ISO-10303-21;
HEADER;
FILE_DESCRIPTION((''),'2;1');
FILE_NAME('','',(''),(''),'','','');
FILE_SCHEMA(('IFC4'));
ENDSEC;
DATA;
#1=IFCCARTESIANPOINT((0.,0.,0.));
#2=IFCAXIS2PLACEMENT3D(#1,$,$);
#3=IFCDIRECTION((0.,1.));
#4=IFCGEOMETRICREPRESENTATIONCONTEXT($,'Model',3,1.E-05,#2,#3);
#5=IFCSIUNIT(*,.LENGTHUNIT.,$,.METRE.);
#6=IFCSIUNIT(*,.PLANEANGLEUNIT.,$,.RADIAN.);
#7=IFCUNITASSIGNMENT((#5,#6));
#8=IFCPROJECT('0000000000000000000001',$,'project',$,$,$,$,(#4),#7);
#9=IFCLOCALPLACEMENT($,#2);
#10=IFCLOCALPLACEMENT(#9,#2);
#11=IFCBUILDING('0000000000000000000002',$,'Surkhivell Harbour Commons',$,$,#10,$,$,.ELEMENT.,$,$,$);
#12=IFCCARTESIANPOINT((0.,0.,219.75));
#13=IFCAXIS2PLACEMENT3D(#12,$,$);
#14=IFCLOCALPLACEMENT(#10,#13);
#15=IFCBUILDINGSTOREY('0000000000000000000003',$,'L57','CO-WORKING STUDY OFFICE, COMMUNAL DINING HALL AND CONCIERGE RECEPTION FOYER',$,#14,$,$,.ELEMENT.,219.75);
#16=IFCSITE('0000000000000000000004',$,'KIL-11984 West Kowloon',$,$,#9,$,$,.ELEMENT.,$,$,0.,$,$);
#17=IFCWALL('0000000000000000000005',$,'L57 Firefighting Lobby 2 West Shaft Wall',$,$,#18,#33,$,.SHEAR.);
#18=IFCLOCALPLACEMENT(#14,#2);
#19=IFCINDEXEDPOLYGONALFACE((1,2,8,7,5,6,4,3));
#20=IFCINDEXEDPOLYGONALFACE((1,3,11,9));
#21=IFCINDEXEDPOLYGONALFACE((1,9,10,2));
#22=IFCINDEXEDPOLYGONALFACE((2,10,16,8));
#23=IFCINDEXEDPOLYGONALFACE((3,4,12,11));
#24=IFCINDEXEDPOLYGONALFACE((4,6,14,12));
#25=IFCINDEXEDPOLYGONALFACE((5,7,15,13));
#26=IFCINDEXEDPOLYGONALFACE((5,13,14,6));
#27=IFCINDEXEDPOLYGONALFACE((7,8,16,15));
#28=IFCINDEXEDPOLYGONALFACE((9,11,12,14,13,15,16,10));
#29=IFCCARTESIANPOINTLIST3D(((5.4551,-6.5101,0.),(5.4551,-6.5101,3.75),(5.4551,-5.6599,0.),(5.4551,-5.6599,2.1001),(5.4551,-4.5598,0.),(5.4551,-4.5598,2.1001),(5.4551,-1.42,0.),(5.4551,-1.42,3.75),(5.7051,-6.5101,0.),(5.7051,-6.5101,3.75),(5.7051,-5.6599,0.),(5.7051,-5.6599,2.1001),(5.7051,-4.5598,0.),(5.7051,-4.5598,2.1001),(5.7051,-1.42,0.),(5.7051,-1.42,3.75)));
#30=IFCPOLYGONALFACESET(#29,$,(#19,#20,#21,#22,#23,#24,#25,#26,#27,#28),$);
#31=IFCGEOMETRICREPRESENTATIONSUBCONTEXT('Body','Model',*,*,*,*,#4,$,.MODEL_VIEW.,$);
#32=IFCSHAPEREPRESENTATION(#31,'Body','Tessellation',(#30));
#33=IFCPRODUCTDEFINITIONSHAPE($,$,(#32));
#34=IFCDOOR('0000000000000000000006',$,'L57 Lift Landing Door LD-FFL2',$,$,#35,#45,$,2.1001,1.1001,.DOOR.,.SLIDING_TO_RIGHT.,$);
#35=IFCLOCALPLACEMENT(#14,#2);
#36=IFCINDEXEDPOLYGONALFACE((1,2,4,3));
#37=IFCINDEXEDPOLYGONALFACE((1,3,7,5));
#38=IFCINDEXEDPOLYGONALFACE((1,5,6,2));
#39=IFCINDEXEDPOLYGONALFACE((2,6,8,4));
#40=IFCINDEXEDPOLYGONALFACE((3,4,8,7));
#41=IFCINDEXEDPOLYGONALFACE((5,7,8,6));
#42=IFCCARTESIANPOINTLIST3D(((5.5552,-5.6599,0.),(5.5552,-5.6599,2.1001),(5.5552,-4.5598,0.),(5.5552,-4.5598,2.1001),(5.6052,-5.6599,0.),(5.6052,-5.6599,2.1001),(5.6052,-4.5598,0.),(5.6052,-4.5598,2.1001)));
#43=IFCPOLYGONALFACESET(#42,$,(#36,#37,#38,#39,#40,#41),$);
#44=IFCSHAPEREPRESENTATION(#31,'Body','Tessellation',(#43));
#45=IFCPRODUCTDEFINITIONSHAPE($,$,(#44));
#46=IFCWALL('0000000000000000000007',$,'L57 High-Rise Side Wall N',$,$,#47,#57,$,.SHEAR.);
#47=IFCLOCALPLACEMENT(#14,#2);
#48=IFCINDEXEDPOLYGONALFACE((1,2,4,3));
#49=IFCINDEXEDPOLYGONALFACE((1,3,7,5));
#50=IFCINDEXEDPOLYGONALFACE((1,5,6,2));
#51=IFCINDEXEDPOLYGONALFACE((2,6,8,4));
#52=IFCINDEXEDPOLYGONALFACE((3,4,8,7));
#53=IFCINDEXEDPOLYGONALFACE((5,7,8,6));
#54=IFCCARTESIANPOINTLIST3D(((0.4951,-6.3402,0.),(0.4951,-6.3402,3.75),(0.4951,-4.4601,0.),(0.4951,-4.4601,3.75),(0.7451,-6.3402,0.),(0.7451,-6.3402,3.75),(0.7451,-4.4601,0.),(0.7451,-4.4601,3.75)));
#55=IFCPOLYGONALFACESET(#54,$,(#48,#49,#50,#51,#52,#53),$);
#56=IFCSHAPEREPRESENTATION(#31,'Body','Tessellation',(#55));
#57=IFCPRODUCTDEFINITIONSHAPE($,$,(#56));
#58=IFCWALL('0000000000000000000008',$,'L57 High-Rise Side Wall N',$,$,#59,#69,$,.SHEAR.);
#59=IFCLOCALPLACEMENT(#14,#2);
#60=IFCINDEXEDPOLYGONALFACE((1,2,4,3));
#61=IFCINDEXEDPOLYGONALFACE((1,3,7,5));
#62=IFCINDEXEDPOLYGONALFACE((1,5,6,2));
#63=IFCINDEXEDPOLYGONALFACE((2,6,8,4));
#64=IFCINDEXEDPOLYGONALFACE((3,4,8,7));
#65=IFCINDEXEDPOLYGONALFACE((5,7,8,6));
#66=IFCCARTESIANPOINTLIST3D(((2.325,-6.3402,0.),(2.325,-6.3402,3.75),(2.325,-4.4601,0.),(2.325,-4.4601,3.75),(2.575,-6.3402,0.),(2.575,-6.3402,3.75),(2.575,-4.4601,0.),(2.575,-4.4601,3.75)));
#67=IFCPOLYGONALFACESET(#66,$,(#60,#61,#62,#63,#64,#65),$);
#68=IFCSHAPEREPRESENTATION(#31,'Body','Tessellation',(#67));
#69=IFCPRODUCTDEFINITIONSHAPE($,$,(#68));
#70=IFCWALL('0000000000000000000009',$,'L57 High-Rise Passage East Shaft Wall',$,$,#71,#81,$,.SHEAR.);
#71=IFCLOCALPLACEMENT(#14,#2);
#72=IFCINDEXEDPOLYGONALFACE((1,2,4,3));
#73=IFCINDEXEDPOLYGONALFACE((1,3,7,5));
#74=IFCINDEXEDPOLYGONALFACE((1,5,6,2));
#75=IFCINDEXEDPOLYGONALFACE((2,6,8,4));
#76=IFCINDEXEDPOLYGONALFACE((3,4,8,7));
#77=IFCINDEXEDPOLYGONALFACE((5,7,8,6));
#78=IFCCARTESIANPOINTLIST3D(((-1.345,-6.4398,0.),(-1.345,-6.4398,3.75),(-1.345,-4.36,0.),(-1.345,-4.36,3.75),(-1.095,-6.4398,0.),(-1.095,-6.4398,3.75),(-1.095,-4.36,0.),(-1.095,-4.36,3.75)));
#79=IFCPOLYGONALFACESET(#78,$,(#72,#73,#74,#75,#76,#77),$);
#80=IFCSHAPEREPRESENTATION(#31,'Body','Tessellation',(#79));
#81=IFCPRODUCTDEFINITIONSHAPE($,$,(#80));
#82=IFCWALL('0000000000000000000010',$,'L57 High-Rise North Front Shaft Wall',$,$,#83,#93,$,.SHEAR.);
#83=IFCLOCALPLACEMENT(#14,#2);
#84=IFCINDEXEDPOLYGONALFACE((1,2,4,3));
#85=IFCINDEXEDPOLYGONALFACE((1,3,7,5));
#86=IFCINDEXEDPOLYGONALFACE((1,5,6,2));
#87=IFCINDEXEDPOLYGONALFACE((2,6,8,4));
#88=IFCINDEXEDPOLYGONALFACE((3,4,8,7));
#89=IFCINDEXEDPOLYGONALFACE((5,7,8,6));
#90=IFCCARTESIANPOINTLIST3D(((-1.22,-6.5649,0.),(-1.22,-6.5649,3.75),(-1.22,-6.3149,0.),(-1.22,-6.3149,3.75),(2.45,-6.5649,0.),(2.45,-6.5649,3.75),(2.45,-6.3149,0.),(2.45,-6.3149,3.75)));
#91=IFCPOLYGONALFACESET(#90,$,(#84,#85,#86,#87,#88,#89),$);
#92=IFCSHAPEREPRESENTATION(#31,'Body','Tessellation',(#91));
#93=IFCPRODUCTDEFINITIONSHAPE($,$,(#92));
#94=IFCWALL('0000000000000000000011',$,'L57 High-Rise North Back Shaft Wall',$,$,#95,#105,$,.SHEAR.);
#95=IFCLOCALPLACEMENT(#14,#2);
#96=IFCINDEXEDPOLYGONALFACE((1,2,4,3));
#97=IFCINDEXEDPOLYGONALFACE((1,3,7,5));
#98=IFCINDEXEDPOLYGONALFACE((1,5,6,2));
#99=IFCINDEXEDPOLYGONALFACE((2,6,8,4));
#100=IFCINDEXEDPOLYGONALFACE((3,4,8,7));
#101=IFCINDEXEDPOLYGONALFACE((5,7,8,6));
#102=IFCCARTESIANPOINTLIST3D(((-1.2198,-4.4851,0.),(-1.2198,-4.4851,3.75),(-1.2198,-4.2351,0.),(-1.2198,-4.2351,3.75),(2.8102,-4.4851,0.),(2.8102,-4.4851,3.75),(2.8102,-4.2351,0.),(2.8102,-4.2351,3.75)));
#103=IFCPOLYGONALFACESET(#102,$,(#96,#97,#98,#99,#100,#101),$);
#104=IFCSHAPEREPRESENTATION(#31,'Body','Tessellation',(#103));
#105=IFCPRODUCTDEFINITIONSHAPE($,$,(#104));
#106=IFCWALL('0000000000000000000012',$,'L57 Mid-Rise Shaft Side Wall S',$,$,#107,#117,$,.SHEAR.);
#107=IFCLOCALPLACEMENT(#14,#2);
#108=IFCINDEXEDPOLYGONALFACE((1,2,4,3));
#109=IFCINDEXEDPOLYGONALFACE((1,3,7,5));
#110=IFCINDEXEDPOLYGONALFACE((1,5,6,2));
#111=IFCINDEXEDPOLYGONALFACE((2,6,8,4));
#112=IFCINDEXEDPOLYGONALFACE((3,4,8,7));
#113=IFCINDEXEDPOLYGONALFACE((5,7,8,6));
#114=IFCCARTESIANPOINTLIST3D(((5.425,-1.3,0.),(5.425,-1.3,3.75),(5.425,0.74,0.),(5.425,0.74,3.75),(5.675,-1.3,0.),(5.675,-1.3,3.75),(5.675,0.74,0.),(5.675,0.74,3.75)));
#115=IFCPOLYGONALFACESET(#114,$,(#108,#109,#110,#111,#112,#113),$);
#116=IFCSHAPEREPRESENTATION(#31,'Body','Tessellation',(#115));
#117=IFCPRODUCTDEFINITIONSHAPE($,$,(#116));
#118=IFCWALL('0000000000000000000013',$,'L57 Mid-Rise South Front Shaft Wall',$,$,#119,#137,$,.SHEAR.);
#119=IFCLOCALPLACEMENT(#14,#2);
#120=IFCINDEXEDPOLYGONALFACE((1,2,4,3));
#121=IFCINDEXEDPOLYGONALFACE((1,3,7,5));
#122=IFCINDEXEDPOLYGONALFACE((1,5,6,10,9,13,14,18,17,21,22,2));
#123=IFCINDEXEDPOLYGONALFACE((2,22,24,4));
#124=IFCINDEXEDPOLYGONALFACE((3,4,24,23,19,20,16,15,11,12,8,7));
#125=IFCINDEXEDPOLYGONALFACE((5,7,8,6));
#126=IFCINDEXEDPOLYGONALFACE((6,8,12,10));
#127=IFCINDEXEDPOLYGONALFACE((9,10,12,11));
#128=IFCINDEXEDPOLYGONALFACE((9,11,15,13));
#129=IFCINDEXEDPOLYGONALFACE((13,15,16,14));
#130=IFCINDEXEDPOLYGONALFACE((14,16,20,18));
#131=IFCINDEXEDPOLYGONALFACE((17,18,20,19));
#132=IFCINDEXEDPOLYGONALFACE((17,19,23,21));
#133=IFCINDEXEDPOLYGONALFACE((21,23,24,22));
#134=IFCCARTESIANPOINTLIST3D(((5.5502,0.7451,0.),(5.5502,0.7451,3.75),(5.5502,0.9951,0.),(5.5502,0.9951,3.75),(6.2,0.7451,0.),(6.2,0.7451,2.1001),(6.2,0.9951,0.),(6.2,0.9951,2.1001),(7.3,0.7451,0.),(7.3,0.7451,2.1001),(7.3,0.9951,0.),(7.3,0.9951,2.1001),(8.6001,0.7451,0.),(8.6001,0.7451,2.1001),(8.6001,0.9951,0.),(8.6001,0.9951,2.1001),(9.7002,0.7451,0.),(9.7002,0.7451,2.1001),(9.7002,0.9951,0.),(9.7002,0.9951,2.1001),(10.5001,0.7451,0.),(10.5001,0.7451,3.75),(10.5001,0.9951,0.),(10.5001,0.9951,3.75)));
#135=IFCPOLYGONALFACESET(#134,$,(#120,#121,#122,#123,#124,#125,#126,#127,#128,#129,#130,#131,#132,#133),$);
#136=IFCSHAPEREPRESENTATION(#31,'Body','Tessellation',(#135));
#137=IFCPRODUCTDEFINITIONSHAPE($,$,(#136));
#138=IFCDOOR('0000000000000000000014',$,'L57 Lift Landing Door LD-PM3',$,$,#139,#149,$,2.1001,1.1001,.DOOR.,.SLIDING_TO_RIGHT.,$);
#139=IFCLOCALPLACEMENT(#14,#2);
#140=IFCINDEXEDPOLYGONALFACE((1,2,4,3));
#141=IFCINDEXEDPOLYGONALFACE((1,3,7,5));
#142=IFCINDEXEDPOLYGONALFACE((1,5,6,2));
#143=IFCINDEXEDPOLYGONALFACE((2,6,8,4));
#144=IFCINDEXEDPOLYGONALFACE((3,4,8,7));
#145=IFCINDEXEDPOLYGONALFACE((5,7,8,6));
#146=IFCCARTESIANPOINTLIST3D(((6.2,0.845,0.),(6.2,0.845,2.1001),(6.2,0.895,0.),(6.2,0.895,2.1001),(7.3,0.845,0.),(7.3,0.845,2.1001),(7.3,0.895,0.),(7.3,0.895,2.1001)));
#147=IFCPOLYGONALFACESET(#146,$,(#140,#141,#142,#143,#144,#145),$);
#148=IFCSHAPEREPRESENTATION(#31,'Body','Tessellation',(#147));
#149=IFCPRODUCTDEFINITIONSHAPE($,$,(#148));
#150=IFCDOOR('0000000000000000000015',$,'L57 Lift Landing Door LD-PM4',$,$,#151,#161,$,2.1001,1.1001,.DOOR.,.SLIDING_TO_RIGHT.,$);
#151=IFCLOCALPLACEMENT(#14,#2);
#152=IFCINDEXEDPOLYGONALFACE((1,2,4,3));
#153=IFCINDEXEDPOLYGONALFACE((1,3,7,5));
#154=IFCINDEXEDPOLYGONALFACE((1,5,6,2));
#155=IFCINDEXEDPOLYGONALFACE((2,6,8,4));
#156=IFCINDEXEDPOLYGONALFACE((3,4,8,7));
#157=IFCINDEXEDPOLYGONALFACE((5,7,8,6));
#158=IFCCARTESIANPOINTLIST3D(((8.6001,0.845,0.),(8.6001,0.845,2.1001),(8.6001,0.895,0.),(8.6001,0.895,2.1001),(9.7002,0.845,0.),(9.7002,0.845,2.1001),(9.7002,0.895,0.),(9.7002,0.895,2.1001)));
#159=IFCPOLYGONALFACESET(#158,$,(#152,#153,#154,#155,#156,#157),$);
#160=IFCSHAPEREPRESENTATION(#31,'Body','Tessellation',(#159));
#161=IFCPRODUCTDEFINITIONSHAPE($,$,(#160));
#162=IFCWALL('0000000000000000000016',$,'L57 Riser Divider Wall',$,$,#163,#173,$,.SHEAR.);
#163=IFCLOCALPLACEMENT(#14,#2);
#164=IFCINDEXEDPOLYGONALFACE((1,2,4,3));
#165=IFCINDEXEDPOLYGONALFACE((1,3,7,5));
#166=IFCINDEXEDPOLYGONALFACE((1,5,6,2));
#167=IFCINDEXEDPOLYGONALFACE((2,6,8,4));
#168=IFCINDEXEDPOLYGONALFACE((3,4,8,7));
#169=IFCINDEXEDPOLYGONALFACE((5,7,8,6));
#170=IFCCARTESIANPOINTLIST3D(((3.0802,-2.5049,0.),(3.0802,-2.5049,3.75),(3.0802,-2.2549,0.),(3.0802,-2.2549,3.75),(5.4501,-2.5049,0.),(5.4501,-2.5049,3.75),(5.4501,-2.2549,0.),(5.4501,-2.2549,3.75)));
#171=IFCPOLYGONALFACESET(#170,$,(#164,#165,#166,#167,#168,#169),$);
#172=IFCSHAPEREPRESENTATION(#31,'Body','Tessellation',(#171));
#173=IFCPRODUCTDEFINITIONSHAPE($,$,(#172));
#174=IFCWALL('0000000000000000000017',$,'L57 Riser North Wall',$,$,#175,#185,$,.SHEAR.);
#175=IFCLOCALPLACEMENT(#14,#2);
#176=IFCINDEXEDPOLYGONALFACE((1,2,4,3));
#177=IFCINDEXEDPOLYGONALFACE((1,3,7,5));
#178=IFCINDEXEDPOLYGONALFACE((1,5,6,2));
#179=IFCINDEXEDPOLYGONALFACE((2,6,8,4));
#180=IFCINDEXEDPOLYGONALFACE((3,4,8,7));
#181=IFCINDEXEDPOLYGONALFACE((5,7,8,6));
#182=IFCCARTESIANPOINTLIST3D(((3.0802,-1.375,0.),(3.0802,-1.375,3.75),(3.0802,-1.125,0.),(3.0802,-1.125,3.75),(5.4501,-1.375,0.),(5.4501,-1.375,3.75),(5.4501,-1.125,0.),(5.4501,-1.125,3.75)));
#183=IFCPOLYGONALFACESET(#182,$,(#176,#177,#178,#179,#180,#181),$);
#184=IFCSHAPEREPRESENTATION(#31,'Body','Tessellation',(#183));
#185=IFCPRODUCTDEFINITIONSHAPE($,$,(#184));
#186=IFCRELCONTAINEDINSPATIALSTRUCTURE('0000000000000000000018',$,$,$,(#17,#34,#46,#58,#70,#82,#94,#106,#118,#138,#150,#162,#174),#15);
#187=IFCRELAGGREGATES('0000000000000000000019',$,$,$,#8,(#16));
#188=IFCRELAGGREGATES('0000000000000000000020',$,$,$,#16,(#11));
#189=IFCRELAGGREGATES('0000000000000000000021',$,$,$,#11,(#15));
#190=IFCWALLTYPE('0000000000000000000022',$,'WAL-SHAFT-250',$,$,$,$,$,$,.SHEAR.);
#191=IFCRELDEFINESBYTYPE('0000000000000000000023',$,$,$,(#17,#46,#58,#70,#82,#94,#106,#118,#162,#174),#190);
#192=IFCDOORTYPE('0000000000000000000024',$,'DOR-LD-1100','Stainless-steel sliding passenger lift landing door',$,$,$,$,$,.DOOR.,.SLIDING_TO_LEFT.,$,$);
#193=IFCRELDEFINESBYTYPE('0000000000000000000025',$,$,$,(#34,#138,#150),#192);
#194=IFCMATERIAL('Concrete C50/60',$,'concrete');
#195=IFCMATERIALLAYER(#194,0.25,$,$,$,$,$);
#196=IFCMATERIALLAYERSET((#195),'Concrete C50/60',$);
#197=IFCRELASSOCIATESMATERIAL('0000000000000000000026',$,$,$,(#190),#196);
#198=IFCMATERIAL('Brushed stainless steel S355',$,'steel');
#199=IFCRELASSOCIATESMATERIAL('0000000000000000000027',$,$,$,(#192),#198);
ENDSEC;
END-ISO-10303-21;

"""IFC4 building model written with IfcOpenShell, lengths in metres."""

from ifc_helpers import new_model, si_unit, direction, frame, frame_2d, origin, place, context, subcontext, project, spatial, rectangle, extrude, material, layer, layer_set, type_object, element, fill, save


model = new_model("IFC4")

# Units and contexts
model_context = context("Model", 3, precision=1e-05, world=origin(), true_north=direction((0.0, 1.0)))
body_context = subcontext(model_context, "Body", "Model", "MODEL_VIEW")
ifc_project = project(units=[si_unit("LENGTHUNIT", "METRE"), si_unit("PLANEANGLEUNIT", "RADIAN")], contexts=[model_context])

# Site, building, storey
site_placement = place(None, origin())
site = spatial("IfcSite", under=ifc_project, at=site_placement, Name="KIL-11984 West Kowloon", CompositionType="ELEMENT", RefElevation=0.0)
building_placement = place(site_placement, origin())
building = spatial("IfcBuilding", under=site, at=building_placement, Name="Surkhivell Harbour Commons", CompositionType="ELEMENT")
storey_placement = place(building_placement, frame((0.0, 0.0, 219.75)))
storey = spatial("IfcBuildingStorey", under=building, at=storey_placement, Name="L57", Description="CO-WORKING STUDY OFFICE, COMMUNAL DINING HALL AND CONCIERGE RECEPTION FOYER", CompositionType="ELEMENT", Elevation=219.75)

# Shared definitions
ifc_material_1 = material(Name="Concrete C50/60", Category="concrete")
ifc_layer_1 = layer(ifc_material_1, 0.25)
ifc_layer_set_1 = layer_set([ifc_layer_1], Name="Concrete C50/60")
wall_type = type_object("IfcWallType", Name="WAL-SHAFT-250", PredefinedType="SHEAR", material=ifc_layer_set_1)

# Wall, opening, door
wall_1_placement = place(storey_placement, frame((5.5801, -6.51, 0.0), z_axis=(0.0, 0.0, 1.0), x_axis=(0.0, 1.0, 0.0)))
wall_1 = element("IfcWall", 1, at=wall_1_placement, inside=storey, type_object=wall_type, Name="L57 Firefighting Lobby 2 West Shaft Wall", PredefinedType="SHEAR", context=body_context, shape_type="SweptSolid", body=[
    extrude(rectangle(XDim=5.0901, YDim=0.25, at=frame_2d((2.5449, 0.0))), origin(), (0.0, 0.0, 1.0), 3.75),
])
opening_1_placement = place(wall_1_placement, frame((0.8501, 0.0, 0.0)))
opening_1 = element("IfcOpeningElement", 2, at=opening_1_placement, cuts=wall_1, PredefinedType="OPENING", context=body_context, shape_type="SweptSolid", body=[
    extrude(rectangle(XDim=1.1001, YDim=2.1001, at=frame_2d((0.55, 1.05))), frame((0.0, 0.135, 0.0), z_axis=(0.0, -1.0, 0.0), x_axis=(1.0, 0.0, 0.0)), (0.0, 0.0, 1.0), 0.27),
])
ifc_material_2 = material(Name="Brushed stainless steel S355", Category="steel")
door_type_1 = type_object("IfcDoorType", Name="DOR-LD-1100", Description="Stainless-steel sliding passenger lift landing door", OperationType="SLIDING_TO_LEFT", PredefinedType="DOOR", material=ifc_material_2)
door_1_placement = place(opening_1_placement, origin())
door_1 = element("IfcDoor", 3, at=door_1_placement, inside=storey, type_object=door_type_1, Name="L57 Lift Landing Door LD-FFL2", OperationType="SLIDING_TO_RIGHT", OverallHeight=2.1001, OverallWidth=1.1001, PredefinedType="DOOR", context=body_context, shape_type="SweptSolid", body=[
    extrude(rectangle(XDim=1.1001, YDim=2.1001, at=frame_2d((0.55, 1.05))), frame((0.0, 0.0249, 0.0), z_axis=(0.0, -1.0, 0.0), x_axis=(1.0, 0.0, 0.0)), (0.0, 0.0, 1.0), 0.05),
])
fill(opening_1, door_1)

# Walls
for number, where, z_axis, x_axis, name in (
    (4, (0.6201, -6.3401, 0.0), (0.0, 0.0, 1.0), (0.0, 1.0, 0.0), "L57 High-Rise Side Wall N"),
    (5, (2.45, -6.3401, 0.0), (0.0, 0.0, 1.0), (0.0, 1.0, 0.0), "L57 High-Rise Side Wall N"),
):
    element("IfcWall", number, at=place(storey_placement, frame(where, z_axis=z_axis, x_axis=x_axis)), inside=storey, type_object=wall_type, Name=name, PredefinedType="SHEAR", context=body_context, shape_type="SweptSolid", body=[
        extrude(rectangle(XDim=1.8801, YDim=0.25, at=frame_2d((0.9399, 0.0))), origin(), (0.0, 0.0, 1.0), 3.75),
    ])
wall_2_placement = place(storey_placement, frame((-1.22, -6.4399, 0.0), z_axis=(0.0, 0.0, 1.0), x_axis=(0.0, 1.0, 0.0)))
element("IfcWall", 6, at=wall_2_placement, inside=storey, type_object=wall_type, Name="L57 High-Rise Passage East Shaft Wall", PredefinedType="SHEAR", context=body_context, shape_type="SweptSolid", body=[
    extrude(rectangle(XDim=2.0798, YDim=0.25, at=frame_2d((1.04, 0.0))), origin(), (0.0, 0.0, 1.0), 3.75),
])
wall_3_placement = place(storey_placement, frame((-1.22, -6.4399, 0.0), z_axis=(0.0, 0.0, 1.0), x_axis=(1.0, 0.0, 0.0)))
element("IfcWall", 7, at=wall_3_placement, inside=storey, type_object=wall_type, Name="L57 High-Rise North Front Shaft Wall", PredefinedType="SHEAR", context=body_context, shape_type="SweptSolid", body=[
    extrude(rectangle(XDim=3.6699, YDim=0.25, at=frame_2d((1.835, 0.0))), origin(), (0.0, 0.0, 1.0), 3.75),
])
wall_4_placement = place(storey_placement, frame((-1.22, -4.3601, 0.0), z_axis=(0.0, 0.0, 1.0), x_axis=(1.0, 0.0, 0.0)))
element("IfcWall", 8, at=wall_4_placement, inside=storey, type_object=wall_type, Name="L57 High-Rise North Back Shaft Wall", PredefinedType="SHEAR", context=body_context, shape_type="SweptSolid", body=[
    extrude(rectangle(XDim=4.03, YDim=0.25, at=frame_2d((2.0151, 0.0))), origin(), (0.0, 0.0, 1.0), 3.75),
])
wall_5_placement = place(storey_placement, frame((5.55, -1.3, 0.0), z_axis=(0.0, 0.0, 1.0), x_axis=(0.0, 1.0, 0.0)))
element("IfcWall", 9, at=wall_5_placement, inside=storey, type_object=wall_type, Name="L57 Mid-Rise Shaft Side Wall S", PredefinedType="SHEAR", context=body_context, shape_type="SweptSolid", body=[
    extrude(rectangle(XDim=2.04, YDim=0.25, at=frame_2d((1.02, 0.0))), origin(), (0.0, 0.0, 1.0), 3.75),
])

# Wall, openings, doors
wall_6_placement = place(storey_placement, frame((5.55, 0.8701, 0.0), z_axis=(0.0, 0.0, 1.0), x_axis=(1.0, 0.0, 0.0)))
wall_6 = element("IfcWall", 10, at=wall_6_placement, inside=storey, type_object=wall_type, Name="L57 Mid-Rise South Front Shaft Wall", PredefinedType="SHEAR", context=body_context, shape_type="SweptSolid", body=[
    extrude(rectangle(XDim=4.95, YDim=0.25, at=frame_2d((2.4751, 0.0))), origin(), (0.0, 0.0, 1.0), 3.75),
])
opening_2_placement = place(wall_6_placement, frame((0.6499, 0.0, 0.0)))
opening_2 = element("IfcOpeningElement", 11, at=opening_2_placement, cuts=wall_6, PredefinedType="OPENING", context=body_context, shape_type="SweptSolid", body=[
    extrude(rectangle(XDim=1.1001, YDim=2.1001, at=frame_2d((0.55, 1.05))), frame((0.0, 0.135, 0.0), z_axis=(0.0, -1.0, 0.0), x_axis=(1.0, 0.0, 0.0)), (0.0, 0.0, 1.0), 0.27),
])
opening_3_placement = place(wall_6_placement, frame((3.05, 0.0, 0.0)))
opening_3 = element("IfcOpeningElement", 12, at=opening_3_placement, cuts=wall_6, PredefinedType="OPENING", context=body_context, shape_type="SweptSolid", body=[
    extrude(rectangle(XDim=1.1001, YDim=2.1001, at=frame_2d((0.55, 1.05))), frame((0.0, 0.135, 0.0), z_axis=(0.0, -1.0, 0.0), x_axis=(1.0, 0.0, 0.0)), (0.0, 0.0, 1.0), 0.27),
])
door_2_placement = place(opening_2_placement, origin())
door_2 = element("IfcDoor", 13, at=door_2_placement, inside=storey, type_object=door_type_1, Name="L57 Lift Landing Door LD-PM3", OperationType="SLIDING_TO_RIGHT", OverallHeight=2.1001, OverallWidth=1.1001, PredefinedType="DOOR", context=body_context, shape_type="SweptSolid", body=[
    extrude(rectangle(XDim=1.1001, YDim=2.1001, at=frame_2d((0.55, 1.05))), frame((0.0, 0.0249, 0.0), z_axis=(0.0, -1.0, 0.0), x_axis=(1.0, 0.0, 0.0)), (0.0, 0.0, 1.0), 0.05),
])
fill(opening_2, door_2)
door_3_placement = place(opening_3_placement, origin())
door_3 = element("IfcDoor", 14, at=door_3_placement, inside=storey, type_object=door_type_1, Name="L57 Lift Landing Door LD-PM4", OperationType="SLIDING_TO_RIGHT", OverallHeight=2.1001, OverallWidth=1.1001, PredefinedType="DOOR", context=body_context, shape_type="SweptSolid", body=[
    extrude(rectangle(XDim=1.1001, YDim=2.1001, at=frame_2d((0.55, 1.05))), frame((0.0, 0.0249, 0.0), z_axis=(0.0, -1.0, 0.0), x_axis=(1.0, 0.0, 0.0)), (0.0, 0.0, 1.0), 0.05),
])
fill(opening_3, door_3)

# Walls
for number, where, z_axis, x_axis, name in (
    (15, (3.0801, -2.3799, 0.0), (0.0, 0.0, 1.0), (1.0, 0.0, 0.0), "L57 Riser Divider Wall"),
    (16, (3.0801, -1.25, 0.0), (0.0, 0.0, 1.0), (1.0, 0.0, 0.0), "L57 Riser North Wall"),
):
    element("IfcWall", number, at=place(storey_placement, frame(where, z_axis=z_axis, x_axis=x_axis)), inside=storey, type_object=wall_type, Name=name, PredefinedType="SHEAR", context=body_context, shape_type="SweptSolid", body=[
        extrude(rectangle(XDim=2.3699, YDim=0.25, at=frame_2d((1.1851, 0.0))), origin(), (0.0, 0.0, 1.0), 3.75),
    ])

save(model, "model.ifc")
